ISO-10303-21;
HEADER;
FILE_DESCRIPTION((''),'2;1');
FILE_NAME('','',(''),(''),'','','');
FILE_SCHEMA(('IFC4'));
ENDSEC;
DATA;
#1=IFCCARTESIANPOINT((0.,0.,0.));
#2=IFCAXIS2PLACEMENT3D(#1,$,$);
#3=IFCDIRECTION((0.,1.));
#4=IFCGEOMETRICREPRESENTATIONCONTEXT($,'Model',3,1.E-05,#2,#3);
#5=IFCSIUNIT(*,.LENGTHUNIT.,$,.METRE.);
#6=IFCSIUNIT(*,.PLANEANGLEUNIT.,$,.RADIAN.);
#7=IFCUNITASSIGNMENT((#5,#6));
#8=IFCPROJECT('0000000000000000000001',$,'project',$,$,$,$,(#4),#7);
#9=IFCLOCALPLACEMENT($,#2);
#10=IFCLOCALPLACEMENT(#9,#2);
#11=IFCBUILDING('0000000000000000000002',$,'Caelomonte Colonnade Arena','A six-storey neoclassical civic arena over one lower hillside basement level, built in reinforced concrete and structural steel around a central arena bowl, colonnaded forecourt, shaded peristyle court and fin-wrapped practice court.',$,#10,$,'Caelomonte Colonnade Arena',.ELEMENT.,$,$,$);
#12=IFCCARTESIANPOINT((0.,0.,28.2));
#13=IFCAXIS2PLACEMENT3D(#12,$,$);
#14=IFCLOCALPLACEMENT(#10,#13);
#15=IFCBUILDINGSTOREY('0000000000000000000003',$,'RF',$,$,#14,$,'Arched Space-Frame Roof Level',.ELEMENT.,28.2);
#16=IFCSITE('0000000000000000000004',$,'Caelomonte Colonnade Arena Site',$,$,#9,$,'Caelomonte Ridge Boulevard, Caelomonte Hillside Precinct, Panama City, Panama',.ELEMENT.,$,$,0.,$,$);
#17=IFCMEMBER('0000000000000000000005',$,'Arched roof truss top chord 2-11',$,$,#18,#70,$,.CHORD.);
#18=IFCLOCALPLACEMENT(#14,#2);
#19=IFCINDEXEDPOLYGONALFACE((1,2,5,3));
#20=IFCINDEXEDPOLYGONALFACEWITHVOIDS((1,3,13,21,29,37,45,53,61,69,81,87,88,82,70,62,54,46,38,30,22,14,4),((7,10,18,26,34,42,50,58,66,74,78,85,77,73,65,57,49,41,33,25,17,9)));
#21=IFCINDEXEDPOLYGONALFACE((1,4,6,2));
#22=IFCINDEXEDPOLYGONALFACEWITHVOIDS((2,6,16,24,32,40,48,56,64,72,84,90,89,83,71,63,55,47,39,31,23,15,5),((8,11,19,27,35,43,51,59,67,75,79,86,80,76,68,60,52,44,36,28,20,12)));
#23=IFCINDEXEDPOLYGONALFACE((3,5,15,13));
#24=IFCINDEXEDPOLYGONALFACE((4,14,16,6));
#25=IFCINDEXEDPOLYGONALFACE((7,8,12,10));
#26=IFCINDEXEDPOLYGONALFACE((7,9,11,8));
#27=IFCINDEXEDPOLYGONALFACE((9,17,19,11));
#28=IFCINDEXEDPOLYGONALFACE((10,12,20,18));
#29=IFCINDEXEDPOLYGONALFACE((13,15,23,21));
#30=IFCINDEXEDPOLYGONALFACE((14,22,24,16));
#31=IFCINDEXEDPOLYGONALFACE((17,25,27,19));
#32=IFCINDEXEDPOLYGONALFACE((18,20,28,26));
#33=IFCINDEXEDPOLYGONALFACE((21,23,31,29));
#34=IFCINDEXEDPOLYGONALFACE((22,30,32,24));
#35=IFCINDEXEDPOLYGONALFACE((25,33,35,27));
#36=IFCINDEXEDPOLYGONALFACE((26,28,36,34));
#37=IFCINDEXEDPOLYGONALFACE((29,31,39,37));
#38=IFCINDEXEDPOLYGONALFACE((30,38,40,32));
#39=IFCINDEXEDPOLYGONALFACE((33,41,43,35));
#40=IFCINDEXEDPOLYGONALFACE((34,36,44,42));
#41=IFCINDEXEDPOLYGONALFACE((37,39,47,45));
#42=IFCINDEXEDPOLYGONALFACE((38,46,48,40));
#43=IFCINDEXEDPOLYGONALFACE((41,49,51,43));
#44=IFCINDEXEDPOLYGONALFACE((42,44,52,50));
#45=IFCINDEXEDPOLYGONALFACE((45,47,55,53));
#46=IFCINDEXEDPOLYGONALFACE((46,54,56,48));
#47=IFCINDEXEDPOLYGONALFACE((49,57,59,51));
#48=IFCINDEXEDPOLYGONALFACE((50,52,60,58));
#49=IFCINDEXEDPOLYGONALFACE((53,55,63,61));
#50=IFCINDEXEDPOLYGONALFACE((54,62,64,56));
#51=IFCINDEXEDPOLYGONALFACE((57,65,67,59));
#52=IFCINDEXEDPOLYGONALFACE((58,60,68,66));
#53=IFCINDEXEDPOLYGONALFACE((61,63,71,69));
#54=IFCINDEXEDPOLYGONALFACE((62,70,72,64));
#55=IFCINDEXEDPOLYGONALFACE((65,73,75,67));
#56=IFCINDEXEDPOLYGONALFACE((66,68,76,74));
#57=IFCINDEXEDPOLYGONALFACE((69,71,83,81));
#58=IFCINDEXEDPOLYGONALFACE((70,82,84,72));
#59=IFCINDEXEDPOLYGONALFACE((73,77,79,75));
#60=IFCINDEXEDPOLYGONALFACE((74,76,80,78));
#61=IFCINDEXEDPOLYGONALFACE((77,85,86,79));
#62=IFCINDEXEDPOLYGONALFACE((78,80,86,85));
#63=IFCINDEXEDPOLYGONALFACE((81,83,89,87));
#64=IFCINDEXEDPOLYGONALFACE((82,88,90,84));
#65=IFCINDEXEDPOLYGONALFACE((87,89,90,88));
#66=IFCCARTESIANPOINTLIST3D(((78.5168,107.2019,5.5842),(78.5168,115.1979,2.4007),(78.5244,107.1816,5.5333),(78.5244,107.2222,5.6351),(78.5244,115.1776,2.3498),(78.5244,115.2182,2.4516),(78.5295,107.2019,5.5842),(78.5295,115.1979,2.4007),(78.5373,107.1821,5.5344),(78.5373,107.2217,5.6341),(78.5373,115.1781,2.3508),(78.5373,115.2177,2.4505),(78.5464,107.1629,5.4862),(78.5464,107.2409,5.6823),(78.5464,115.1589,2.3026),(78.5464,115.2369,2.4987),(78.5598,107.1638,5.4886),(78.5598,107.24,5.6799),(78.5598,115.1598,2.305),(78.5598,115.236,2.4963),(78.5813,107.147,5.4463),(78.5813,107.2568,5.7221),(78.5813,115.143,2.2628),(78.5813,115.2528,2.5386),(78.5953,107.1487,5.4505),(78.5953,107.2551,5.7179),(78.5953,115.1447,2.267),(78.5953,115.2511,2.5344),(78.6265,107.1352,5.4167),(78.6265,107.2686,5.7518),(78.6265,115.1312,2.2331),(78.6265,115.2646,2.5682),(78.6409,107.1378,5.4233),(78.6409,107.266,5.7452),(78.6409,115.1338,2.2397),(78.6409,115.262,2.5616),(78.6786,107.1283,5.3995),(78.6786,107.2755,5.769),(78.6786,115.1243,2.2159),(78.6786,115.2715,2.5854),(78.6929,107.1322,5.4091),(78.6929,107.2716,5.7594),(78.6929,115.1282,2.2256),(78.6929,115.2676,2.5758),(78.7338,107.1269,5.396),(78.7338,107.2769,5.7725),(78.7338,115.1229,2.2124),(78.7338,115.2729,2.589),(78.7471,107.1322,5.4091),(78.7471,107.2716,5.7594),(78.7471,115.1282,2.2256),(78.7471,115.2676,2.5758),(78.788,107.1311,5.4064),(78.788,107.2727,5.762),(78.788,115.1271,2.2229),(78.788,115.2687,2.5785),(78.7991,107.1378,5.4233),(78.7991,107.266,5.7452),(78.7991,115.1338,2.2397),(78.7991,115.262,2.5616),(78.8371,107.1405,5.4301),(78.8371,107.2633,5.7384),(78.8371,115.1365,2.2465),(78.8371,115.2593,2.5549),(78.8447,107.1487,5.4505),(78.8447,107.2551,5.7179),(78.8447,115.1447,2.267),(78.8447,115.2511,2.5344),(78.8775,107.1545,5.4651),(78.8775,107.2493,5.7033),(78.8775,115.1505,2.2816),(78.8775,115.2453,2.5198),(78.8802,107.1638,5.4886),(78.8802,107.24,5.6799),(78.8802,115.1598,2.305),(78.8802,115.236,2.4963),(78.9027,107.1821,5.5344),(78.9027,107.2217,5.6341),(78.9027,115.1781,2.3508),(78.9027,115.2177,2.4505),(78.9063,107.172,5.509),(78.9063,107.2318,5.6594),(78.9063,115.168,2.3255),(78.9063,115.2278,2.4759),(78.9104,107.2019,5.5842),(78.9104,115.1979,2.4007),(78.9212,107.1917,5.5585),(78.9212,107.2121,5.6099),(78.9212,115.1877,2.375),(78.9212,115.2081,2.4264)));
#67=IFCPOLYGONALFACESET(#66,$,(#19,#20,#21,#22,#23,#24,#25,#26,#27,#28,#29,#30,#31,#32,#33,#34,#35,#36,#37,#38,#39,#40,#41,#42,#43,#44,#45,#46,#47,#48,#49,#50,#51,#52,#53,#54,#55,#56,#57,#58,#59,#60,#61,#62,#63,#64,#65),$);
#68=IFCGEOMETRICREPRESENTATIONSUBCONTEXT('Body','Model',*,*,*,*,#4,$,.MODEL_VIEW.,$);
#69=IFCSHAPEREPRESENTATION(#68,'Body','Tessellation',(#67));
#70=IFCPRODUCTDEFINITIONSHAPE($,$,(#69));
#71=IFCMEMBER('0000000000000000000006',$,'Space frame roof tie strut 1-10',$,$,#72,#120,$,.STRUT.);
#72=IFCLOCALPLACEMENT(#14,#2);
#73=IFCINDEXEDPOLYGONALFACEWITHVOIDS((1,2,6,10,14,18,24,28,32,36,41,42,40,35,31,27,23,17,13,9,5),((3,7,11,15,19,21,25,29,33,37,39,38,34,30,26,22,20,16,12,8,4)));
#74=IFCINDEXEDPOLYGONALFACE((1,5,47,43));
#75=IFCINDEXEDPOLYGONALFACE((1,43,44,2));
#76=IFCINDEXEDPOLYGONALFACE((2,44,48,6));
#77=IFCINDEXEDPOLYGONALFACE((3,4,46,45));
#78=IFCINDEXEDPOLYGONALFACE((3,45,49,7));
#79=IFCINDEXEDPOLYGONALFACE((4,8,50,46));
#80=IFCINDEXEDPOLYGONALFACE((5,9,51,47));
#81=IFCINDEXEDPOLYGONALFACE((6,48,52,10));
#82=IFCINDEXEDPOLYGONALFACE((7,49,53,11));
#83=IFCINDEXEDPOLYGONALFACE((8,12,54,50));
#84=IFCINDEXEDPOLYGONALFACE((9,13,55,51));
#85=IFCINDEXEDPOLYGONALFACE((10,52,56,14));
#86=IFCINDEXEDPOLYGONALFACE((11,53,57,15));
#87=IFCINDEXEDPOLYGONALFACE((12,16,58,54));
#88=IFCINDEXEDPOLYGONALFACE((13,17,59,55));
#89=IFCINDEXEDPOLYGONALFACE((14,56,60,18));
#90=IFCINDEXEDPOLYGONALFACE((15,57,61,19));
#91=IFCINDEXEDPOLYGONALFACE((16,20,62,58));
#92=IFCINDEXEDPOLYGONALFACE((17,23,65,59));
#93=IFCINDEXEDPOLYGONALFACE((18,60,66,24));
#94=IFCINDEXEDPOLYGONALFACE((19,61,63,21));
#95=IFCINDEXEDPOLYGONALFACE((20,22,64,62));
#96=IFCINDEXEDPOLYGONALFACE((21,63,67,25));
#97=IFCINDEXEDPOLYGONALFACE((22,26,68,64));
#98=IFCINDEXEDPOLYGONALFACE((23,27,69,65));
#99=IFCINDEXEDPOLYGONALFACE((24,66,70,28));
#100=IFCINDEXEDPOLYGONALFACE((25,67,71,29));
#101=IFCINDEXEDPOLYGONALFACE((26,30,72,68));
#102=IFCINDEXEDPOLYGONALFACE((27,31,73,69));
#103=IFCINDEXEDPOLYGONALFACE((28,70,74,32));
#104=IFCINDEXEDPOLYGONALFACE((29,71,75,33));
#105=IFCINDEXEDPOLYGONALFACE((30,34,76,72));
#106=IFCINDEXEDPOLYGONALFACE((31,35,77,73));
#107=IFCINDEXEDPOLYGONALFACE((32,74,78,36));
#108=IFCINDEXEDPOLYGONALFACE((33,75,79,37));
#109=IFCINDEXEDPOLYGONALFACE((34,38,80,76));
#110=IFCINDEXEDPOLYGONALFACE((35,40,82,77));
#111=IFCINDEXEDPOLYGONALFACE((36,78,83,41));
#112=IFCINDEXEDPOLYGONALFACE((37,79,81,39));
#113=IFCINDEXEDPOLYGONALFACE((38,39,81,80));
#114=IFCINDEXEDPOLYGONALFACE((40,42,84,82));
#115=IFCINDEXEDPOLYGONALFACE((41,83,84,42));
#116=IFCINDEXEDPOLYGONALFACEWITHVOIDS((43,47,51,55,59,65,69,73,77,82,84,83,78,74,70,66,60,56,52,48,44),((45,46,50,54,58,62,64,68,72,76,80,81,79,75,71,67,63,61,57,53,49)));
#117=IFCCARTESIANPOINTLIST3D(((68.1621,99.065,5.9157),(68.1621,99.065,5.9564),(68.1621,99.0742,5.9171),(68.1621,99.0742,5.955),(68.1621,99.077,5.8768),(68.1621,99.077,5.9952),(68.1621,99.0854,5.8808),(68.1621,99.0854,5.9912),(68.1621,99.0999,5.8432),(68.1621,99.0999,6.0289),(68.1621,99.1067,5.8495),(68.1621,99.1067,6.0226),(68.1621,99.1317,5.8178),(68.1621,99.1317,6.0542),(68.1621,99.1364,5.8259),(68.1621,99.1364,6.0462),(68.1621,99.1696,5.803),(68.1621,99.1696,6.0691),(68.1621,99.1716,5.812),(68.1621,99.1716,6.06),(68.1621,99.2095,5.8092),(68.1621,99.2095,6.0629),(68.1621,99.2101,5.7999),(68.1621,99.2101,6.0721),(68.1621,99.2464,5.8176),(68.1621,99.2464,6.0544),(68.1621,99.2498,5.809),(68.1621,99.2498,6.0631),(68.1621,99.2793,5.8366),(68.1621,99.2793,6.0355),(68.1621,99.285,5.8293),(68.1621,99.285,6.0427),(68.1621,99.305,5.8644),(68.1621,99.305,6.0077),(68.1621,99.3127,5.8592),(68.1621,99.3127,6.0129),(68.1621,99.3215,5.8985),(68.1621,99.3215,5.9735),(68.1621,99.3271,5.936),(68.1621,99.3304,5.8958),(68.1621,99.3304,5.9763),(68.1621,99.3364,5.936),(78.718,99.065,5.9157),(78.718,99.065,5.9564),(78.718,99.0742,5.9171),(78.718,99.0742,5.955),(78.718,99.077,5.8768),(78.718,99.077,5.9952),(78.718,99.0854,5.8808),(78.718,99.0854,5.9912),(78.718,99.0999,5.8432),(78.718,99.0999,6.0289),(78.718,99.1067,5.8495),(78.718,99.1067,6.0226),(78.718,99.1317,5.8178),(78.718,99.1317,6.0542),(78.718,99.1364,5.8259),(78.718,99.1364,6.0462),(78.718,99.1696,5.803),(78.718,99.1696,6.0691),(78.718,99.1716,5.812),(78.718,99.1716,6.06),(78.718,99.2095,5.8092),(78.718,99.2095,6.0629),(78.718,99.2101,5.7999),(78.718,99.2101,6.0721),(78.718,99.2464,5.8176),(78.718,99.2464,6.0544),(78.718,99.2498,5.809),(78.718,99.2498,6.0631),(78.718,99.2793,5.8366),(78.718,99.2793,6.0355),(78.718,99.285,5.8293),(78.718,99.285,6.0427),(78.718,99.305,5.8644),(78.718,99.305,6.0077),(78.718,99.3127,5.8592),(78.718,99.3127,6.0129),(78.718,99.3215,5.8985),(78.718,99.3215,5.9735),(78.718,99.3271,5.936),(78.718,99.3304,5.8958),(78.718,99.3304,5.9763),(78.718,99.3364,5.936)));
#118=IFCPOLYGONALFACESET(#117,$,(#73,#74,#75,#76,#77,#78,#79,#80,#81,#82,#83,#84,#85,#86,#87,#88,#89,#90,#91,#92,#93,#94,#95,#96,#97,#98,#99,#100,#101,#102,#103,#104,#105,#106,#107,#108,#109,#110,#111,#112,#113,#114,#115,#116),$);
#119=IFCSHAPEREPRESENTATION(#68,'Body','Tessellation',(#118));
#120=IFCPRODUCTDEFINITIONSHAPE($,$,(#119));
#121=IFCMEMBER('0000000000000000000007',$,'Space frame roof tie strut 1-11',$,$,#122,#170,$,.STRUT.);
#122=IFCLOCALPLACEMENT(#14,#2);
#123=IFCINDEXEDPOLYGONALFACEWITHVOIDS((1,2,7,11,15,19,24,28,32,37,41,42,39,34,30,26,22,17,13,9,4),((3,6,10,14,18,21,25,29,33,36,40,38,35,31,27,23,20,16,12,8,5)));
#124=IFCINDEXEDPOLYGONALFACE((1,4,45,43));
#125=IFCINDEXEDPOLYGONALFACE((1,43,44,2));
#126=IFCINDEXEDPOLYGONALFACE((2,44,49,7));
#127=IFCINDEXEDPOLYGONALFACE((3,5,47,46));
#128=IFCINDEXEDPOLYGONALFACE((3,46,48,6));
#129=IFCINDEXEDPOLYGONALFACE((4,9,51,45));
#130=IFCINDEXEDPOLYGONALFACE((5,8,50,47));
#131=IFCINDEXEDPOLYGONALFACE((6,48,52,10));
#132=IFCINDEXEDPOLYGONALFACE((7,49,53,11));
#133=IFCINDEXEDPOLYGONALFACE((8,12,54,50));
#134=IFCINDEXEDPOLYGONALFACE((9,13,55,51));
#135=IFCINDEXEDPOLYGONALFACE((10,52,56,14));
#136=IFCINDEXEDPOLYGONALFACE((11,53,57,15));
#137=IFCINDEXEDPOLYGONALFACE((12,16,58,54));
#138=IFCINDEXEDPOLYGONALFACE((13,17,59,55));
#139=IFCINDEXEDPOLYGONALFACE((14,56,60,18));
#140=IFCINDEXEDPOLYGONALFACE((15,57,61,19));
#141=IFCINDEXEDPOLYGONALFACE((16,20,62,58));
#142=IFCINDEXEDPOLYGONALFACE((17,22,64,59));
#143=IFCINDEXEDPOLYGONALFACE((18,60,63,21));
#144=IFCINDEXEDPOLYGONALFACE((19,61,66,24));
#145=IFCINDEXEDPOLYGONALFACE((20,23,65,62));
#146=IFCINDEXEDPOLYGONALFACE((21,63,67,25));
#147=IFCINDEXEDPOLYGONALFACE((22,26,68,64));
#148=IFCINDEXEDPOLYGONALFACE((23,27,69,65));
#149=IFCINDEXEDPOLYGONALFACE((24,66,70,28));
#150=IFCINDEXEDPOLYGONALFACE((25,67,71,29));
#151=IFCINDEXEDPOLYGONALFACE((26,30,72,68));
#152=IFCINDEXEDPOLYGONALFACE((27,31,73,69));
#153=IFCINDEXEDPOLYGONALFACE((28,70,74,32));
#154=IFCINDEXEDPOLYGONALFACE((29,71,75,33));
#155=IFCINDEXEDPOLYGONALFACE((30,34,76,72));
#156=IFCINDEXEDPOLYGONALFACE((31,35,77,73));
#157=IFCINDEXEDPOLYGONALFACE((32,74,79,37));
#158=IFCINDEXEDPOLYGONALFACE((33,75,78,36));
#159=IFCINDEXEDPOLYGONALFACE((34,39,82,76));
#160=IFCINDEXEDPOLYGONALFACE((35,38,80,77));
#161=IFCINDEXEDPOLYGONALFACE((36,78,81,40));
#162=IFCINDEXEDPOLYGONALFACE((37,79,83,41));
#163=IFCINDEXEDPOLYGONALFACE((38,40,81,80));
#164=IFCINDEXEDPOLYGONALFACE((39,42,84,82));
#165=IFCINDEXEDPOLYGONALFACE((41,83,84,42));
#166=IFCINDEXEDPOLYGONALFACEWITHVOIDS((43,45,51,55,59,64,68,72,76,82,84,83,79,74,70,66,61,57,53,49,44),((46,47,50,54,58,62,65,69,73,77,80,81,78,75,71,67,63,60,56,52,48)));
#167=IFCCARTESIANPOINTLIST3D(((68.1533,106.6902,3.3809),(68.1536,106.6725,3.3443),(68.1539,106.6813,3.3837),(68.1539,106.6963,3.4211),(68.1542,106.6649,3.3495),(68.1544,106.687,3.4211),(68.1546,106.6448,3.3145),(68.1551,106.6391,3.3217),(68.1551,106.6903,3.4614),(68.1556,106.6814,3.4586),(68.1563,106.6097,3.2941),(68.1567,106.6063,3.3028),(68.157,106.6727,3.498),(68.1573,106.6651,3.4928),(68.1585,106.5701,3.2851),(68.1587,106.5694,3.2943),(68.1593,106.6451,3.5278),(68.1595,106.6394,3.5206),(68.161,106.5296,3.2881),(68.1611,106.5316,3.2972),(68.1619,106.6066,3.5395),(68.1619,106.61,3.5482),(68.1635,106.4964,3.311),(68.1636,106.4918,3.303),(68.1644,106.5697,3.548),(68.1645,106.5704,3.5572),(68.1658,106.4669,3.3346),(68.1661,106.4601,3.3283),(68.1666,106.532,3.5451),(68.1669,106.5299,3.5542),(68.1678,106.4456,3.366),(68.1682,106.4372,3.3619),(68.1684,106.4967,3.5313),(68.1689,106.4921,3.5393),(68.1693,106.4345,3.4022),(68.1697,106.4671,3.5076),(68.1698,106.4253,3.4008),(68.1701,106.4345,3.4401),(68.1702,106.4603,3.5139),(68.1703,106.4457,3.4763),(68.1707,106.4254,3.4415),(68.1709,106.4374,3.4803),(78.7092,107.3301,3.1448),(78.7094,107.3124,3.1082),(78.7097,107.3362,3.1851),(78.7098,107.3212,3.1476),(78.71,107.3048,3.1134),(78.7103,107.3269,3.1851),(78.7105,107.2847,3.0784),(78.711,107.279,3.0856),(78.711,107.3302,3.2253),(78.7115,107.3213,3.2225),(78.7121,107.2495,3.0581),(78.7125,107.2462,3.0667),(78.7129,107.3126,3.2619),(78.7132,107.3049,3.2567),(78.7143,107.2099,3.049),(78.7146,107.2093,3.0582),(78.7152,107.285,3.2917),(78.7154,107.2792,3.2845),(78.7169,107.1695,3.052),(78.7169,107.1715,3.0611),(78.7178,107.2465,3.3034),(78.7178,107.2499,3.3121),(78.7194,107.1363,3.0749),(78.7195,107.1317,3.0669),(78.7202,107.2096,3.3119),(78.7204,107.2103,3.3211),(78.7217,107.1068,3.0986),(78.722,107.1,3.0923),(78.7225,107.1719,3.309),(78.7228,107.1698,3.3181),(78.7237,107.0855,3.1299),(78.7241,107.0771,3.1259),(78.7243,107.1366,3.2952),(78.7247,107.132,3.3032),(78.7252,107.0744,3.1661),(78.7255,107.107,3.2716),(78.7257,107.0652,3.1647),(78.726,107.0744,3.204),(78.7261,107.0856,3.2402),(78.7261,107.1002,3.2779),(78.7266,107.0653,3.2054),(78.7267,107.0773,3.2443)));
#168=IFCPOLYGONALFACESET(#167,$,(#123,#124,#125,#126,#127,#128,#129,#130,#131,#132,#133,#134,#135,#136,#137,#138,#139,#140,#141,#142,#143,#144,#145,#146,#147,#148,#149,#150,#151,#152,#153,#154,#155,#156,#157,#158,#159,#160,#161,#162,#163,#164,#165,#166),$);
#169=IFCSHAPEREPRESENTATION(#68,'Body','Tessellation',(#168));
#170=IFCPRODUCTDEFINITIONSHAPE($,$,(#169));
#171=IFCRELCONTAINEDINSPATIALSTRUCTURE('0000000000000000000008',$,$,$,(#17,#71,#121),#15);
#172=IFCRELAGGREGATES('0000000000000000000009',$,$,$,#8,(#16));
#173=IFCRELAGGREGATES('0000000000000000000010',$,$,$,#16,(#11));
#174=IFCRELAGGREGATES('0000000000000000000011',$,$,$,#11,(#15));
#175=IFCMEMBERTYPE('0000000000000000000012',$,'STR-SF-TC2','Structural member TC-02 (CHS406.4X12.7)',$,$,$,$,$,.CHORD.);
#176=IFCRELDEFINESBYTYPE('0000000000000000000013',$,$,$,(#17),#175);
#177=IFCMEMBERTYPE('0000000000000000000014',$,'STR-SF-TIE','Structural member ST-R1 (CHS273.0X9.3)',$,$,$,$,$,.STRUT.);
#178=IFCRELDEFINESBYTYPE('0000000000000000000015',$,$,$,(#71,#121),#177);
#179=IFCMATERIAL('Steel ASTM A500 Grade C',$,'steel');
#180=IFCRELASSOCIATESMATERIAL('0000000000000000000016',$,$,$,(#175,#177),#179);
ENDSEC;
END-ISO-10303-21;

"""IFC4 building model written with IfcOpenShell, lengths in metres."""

from ifc_helpers import new_model, si_unit, direction, frame, origin, origin_2d, place, context, subcontext, project, spatial, hollow_circle, extrude, material, material_profile, profile_set, type_object, element, save


model = new_model("IFC4")

# Units and contexts
model_context = context("Model", 3, precision=1e-05, world=origin(), true_north=direction((0.0, 1.0)))
body_context = subcontext(model_context, "Body", "Model", "MODEL_VIEW")
ifc_project = project(units=[si_unit("LENGTHUNIT", "METRE"), si_unit("PLANEANGLEUNIT", "RADIAN")], contexts=[model_context])

# Site, building, storey
site_placement = place(None, origin())
site = spatial("IfcSite", under=ifc_project, at=site_placement, Name="Caelomonte Colonnade Arena Site", LongName="Caelomonte Ridge Boulevard, Caelomonte Hillside Precinct, Panama City, Panama", CompositionType="ELEMENT", RefElevation=0.0)
building_placement = place(site_placement, origin())
building = spatial("IfcBuilding", under=site, at=building_placement, Name="Caelomonte Colonnade Arena", Description="A six-storey neoclassical civic arena over one lower hillside basement level, built in reinforced concrete and structural steel around a central arena bowl, colonnaded forecourt, shaded peristyle court and fin-wrapped practice court.", LongName="Caelomonte Colonnade Arena", CompositionType="ELEMENT")
storey_placement = place(building_placement, frame((0.0, 0.0, 28.2)))
storey = spatial("IfcBuildingStorey", under=building, at=storey_placement, Name="RF", LongName="Arched Space-Frame Roof Level", CompositionType="ELEMENT", Elevation=28.2)

# Members
ifc_material_1 = material(Name="Steel ASTM A500 Grade C", Category="steel")
ifc_material_profile_1 = material_profile(ifc_material_1, hollow_circle(Radius=0.2031, WallThickness=0.0127, at=origin_2d()), Name="CHS406.4X12.7")
ifc_profile_set_1 = profile_set([ifc_material_profile_1], Name="Steel ASTM A500 Grade C")
member_type_1 = type_object("IfcMemberType", Name="STR-SF-TC2", Description="Structural member TC-02 (CHS406.4X12.7)", PredefinedType="CHORD", material=ifc_profile_set_1)
member_1_placement = place(storey_placement, frame((78.72, 107.2019, 5.5842), z_axis=(0.0, 0.92907, -0.369903), x_axis=(-1.0, 0.0, 0.0)))
element("IfcMember", 1, at=member_1_placement, inside=storey, type_object=member_type_1, Name="Arched roof truss top chord 2-11", PredefinedType="CHORD", context=body_context, shape_type="SweptSolid", body=[
    extrude(hollow_circle(Radius=0.2031, WallThickness=0.0127, at=origin_2d()), origin(), (0.0, 0.0, 1.0), 8.6064),
])
ifc_material_profile_2 = material_profile(ifc_material_1, hollow_circle(Radius=0.1365, WallThickness=0.0093, at=origin_2d()), Name="CHS273.0X9.3")
ifc_profile_set_2 = profile_set([ifc_material_profile_2], Name="Steel ASTM A500 Grade C")
member_type_2 = type_object("IfcMemberType", Name="STR-SF-TIE", Description="Structural member ST-R1 (CHS273.0X9.3)", PredefinedType="STRUT", material=ifc_profile_set_2)
member_2_placement = place(storey_placement, frame((68.1621, 99.2, 5.936), z_axis=(1.0, 0.0, 0.0), x_axis=(0.0, 1.0, 0.0)))
element("IfcMember", 2, at=member_2_placement, inside=storey, type_object=member_type_2, Name="Space frame roof tie strut 1-10", PredefinedType="STRUT", context=body_context, shape_type="SweptSolid", body=[
    extrude(hollow_circle(Radius=0.1365, WallThickness=0.0093, at=origin_2d()), origin(), (0.0, 0.0, 1.0), 10.5559),
])
member_3_placement = place(storey_placement, frame((68.1621, 106.5601, 3.4211), z_axis=(0.997919, 0.060493, -0.022319), x_axis=(-0.060508, 0.998168, 0.0)))
element("IfcMember", 3, at=member_3_placement, inside=storey, type_object=member_type_2, Name="Space frame roof tie strut 1-11", PredefinedType="STRUT", context=body_context, shape_type="SweptSolid", body=[
    extrude(hollow_circle(Radius=0.1365, WallThickness=0.0093, at=origin_2d()), origin(), (0.0, 0.0, 1.0), 10.5779),
])

save(model, "model.ifc")
